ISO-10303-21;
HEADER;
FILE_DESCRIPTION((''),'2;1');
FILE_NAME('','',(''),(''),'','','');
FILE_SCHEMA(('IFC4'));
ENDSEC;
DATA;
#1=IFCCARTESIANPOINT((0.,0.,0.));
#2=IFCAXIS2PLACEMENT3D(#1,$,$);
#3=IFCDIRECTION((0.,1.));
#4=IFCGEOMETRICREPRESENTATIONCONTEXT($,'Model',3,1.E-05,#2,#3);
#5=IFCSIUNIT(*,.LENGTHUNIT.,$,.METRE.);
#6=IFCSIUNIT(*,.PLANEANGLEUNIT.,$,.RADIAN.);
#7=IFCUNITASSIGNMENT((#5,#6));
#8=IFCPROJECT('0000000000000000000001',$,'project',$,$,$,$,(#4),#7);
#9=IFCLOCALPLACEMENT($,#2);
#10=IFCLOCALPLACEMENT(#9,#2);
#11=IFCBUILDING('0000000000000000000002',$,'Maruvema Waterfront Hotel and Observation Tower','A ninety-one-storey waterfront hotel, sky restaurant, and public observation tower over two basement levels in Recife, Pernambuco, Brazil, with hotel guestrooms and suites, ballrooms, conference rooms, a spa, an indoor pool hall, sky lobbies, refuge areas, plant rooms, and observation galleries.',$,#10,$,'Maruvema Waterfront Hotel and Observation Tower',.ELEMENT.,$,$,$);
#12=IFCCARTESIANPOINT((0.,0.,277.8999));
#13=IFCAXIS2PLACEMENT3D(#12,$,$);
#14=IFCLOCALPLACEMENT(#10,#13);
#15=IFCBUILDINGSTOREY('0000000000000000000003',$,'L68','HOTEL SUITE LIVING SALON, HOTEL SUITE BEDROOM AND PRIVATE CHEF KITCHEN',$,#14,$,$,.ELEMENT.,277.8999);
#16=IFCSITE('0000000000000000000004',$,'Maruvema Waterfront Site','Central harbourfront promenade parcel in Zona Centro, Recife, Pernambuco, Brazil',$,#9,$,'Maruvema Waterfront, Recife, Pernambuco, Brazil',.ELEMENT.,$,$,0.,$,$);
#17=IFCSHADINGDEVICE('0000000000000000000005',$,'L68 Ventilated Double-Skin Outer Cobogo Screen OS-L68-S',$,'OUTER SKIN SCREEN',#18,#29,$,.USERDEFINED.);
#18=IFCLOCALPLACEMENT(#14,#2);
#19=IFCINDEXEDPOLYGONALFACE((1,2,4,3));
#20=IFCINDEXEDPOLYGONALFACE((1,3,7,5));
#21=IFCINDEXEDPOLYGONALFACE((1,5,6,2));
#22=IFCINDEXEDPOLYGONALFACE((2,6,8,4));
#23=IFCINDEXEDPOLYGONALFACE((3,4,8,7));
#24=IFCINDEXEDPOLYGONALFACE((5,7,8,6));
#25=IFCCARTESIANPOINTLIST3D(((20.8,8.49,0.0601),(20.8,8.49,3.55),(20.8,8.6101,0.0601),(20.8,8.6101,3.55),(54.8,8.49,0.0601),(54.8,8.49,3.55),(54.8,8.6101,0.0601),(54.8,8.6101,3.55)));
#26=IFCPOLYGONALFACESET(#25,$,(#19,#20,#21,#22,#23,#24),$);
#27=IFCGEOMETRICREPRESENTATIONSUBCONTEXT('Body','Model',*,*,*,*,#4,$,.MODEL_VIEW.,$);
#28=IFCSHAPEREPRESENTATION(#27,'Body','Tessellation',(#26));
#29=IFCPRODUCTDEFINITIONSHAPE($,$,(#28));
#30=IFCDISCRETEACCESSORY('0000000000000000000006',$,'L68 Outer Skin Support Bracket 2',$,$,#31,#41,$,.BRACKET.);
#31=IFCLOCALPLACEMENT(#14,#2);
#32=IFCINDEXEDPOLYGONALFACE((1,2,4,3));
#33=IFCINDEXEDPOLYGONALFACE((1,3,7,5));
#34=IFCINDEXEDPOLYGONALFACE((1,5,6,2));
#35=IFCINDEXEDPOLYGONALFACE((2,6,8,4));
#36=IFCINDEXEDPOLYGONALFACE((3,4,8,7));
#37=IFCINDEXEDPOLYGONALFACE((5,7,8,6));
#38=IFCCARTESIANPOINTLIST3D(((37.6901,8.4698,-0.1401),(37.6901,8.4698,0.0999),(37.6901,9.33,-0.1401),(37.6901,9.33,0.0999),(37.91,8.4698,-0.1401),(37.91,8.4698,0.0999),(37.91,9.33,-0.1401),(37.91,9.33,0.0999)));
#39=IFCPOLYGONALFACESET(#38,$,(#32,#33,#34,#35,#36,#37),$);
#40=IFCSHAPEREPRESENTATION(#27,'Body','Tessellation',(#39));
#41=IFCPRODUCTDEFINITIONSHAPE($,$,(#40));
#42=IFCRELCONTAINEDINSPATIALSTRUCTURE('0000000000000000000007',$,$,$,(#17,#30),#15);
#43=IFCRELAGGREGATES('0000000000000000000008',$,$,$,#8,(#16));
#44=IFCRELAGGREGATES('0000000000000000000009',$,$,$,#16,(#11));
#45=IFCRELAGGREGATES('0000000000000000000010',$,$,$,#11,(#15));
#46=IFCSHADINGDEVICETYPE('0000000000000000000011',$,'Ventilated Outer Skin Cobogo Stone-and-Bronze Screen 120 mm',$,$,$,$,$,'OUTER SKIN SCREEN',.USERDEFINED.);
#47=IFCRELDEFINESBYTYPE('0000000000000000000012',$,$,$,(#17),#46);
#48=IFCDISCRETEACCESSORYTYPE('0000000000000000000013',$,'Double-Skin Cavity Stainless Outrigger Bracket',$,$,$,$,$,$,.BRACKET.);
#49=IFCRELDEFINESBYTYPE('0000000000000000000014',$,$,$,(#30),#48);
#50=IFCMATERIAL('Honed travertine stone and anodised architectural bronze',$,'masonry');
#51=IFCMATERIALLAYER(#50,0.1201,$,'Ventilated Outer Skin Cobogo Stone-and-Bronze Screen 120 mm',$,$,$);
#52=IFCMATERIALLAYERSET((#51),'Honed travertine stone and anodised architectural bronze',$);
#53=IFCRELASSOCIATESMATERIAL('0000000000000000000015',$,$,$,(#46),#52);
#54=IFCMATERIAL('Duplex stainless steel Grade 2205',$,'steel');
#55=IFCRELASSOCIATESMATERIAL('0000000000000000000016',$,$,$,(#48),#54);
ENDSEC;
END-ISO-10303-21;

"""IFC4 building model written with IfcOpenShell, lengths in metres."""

from ifc_helpers import new_model, si_unit, direction, frame, origin, origin_2d, place, context, subcontext, project, spatial, rectangle, extrude, material, layer, layer_set, type_object, element, save


model = new_model("IFC4")

# Units and contexts
model_context = context("Model", 3, precision=1e-05, world=origin(), true_north=direction((0.0, 1.0)))
body_context = subcontext(model_context, "Body", "Model", "MODEL_VIEW")
ifc_project = project(units=[si_unit("LENGTHUNIT", "METRE"), si_unit("PLANEANGLEUNIT", "RADIAN")], contexts=[model_context])

# Site, building, storey
site_placement = place(None, origin())
site = spatial("IfcSite", under=ifc_project, at=site_placement, Name="Maruvema Waterfront Site", Description="Central harbourfront promenade parcel in Zona Centro, Recife, Pernambuco, Brazil", LongName="Maruvema Waterfront, Recife, Pernambuco, Brazil", CompositionType="ELEMENT", RefElevation=0.0)
building_placement = place(site_placement, origin())
building = spatial("IfcBuilding", under=site, at=building_placement, Name="Maruvema Waterfront Hotel and Observation Tower", Description="A ninety-one-storey waterfront hotel, sky restaurant, and public observation tower over two basement levels in Recife, Pernambuco, Brazil, with hotel guestrooms and suites, ballrooms, conference rooms, a spa, an indoor pool hall, sky lobbies, refuge areas, plant rooms, and observation galleries.", LongName="Maruvema Waterfront Hotel and Observation Tower", CompositionType="ELEMENT")
storey_placement = place(building_placement, frame((0.0, 0.0, 277.8999)))
storey = spatial("IfcBuildingStorey", under=building, at=storey_placement, Name="L68", Description="HOTEL SUITE LIVING SALON, HOTEL SUITE BEDROOM AND PRIVATE CHEF KITCHEN", CompositionType="ELEMENT", Elevation=277.8999)

# Shading device
ifc_material_1 = material(Name="Honed travertine stone and anodised architectural bronze", Category="masonry")
ifc_layer_1 = layer(ifc_material_1, 0.1201, Name="Ventilated Outer Skin Cobogo Stone-and-Bronze Screen 120 mm")
ifc_layer_set_1 = layer_set([ifc_layer_1], Name="Honed travertine stone and anodised architectural bronze")
shading_device_type = type_object("IfcShadingDeviceType", Name="Ventilated Outer Skin Cobogo Stone-and-Bronze Screen 120 mm", ElementType="OUTER SKIN SCREEN", PredefinedType="USERDEFINED", material=ifc_layer_set_1)
shading_device_placement = place(storey_placement, frame((37.8, 8.55, 0.0601), z_axis=(0.0, 0.0, 1.0), x_axis=(1.0, 0.0, 0.0)))
element("IfcShadingDevice", 1, at=shading_device_placement, inside=storey, type_object=shading_device_type, Name="L68 Ventilated Double-Skin Outer Cobogo Screen OS-L68-S", ObjectType="OUTER SKIN SCREEN", PredefinedType="USERDEFINED", context=body_context, shape_type="SweptSolid", body=[
    extrude(rectangle(XDim=34.0, YDim=0.1201, at=origin_2d()), origin(), (0.0, 0.0, 1.0), 3.49),
])

# Discrete accessory
ifc_material_2 = material(Name="Duplex stainless steel Grade 2205", Category="steel")
discrete_accessory_type = type_object("IfcDiscreteAccessoryType", Name="Double-Skin Cavity Stainless Outrigger Bracket", PredefinedType="BRACKET", material=ifc_material_2)
discrete_accessory_placement = place(storey_placement, frame((37.8, 8.8999, -0.1401), z_axis=(0.0, 0.0, 1.0), x_axis=(1.0, 0.0, 0.0)))
element("IfcDiscreteAccessory", 2, at=discrete_accessory_placement, inside=storey, type_object=discrete_accessory_type, Name="L68 Outer Skin Support Bracket 2", PredefinedType="BRACKET", context=body_context, shape_type="SweptSolid", body=[
    extrude(rectangle(XDim=0.22, YDim=0.8601, at=origin_2d()), origin(), (0.0, 0.0, 1.0), 0.24),
])

save(model, "model.ifc")
